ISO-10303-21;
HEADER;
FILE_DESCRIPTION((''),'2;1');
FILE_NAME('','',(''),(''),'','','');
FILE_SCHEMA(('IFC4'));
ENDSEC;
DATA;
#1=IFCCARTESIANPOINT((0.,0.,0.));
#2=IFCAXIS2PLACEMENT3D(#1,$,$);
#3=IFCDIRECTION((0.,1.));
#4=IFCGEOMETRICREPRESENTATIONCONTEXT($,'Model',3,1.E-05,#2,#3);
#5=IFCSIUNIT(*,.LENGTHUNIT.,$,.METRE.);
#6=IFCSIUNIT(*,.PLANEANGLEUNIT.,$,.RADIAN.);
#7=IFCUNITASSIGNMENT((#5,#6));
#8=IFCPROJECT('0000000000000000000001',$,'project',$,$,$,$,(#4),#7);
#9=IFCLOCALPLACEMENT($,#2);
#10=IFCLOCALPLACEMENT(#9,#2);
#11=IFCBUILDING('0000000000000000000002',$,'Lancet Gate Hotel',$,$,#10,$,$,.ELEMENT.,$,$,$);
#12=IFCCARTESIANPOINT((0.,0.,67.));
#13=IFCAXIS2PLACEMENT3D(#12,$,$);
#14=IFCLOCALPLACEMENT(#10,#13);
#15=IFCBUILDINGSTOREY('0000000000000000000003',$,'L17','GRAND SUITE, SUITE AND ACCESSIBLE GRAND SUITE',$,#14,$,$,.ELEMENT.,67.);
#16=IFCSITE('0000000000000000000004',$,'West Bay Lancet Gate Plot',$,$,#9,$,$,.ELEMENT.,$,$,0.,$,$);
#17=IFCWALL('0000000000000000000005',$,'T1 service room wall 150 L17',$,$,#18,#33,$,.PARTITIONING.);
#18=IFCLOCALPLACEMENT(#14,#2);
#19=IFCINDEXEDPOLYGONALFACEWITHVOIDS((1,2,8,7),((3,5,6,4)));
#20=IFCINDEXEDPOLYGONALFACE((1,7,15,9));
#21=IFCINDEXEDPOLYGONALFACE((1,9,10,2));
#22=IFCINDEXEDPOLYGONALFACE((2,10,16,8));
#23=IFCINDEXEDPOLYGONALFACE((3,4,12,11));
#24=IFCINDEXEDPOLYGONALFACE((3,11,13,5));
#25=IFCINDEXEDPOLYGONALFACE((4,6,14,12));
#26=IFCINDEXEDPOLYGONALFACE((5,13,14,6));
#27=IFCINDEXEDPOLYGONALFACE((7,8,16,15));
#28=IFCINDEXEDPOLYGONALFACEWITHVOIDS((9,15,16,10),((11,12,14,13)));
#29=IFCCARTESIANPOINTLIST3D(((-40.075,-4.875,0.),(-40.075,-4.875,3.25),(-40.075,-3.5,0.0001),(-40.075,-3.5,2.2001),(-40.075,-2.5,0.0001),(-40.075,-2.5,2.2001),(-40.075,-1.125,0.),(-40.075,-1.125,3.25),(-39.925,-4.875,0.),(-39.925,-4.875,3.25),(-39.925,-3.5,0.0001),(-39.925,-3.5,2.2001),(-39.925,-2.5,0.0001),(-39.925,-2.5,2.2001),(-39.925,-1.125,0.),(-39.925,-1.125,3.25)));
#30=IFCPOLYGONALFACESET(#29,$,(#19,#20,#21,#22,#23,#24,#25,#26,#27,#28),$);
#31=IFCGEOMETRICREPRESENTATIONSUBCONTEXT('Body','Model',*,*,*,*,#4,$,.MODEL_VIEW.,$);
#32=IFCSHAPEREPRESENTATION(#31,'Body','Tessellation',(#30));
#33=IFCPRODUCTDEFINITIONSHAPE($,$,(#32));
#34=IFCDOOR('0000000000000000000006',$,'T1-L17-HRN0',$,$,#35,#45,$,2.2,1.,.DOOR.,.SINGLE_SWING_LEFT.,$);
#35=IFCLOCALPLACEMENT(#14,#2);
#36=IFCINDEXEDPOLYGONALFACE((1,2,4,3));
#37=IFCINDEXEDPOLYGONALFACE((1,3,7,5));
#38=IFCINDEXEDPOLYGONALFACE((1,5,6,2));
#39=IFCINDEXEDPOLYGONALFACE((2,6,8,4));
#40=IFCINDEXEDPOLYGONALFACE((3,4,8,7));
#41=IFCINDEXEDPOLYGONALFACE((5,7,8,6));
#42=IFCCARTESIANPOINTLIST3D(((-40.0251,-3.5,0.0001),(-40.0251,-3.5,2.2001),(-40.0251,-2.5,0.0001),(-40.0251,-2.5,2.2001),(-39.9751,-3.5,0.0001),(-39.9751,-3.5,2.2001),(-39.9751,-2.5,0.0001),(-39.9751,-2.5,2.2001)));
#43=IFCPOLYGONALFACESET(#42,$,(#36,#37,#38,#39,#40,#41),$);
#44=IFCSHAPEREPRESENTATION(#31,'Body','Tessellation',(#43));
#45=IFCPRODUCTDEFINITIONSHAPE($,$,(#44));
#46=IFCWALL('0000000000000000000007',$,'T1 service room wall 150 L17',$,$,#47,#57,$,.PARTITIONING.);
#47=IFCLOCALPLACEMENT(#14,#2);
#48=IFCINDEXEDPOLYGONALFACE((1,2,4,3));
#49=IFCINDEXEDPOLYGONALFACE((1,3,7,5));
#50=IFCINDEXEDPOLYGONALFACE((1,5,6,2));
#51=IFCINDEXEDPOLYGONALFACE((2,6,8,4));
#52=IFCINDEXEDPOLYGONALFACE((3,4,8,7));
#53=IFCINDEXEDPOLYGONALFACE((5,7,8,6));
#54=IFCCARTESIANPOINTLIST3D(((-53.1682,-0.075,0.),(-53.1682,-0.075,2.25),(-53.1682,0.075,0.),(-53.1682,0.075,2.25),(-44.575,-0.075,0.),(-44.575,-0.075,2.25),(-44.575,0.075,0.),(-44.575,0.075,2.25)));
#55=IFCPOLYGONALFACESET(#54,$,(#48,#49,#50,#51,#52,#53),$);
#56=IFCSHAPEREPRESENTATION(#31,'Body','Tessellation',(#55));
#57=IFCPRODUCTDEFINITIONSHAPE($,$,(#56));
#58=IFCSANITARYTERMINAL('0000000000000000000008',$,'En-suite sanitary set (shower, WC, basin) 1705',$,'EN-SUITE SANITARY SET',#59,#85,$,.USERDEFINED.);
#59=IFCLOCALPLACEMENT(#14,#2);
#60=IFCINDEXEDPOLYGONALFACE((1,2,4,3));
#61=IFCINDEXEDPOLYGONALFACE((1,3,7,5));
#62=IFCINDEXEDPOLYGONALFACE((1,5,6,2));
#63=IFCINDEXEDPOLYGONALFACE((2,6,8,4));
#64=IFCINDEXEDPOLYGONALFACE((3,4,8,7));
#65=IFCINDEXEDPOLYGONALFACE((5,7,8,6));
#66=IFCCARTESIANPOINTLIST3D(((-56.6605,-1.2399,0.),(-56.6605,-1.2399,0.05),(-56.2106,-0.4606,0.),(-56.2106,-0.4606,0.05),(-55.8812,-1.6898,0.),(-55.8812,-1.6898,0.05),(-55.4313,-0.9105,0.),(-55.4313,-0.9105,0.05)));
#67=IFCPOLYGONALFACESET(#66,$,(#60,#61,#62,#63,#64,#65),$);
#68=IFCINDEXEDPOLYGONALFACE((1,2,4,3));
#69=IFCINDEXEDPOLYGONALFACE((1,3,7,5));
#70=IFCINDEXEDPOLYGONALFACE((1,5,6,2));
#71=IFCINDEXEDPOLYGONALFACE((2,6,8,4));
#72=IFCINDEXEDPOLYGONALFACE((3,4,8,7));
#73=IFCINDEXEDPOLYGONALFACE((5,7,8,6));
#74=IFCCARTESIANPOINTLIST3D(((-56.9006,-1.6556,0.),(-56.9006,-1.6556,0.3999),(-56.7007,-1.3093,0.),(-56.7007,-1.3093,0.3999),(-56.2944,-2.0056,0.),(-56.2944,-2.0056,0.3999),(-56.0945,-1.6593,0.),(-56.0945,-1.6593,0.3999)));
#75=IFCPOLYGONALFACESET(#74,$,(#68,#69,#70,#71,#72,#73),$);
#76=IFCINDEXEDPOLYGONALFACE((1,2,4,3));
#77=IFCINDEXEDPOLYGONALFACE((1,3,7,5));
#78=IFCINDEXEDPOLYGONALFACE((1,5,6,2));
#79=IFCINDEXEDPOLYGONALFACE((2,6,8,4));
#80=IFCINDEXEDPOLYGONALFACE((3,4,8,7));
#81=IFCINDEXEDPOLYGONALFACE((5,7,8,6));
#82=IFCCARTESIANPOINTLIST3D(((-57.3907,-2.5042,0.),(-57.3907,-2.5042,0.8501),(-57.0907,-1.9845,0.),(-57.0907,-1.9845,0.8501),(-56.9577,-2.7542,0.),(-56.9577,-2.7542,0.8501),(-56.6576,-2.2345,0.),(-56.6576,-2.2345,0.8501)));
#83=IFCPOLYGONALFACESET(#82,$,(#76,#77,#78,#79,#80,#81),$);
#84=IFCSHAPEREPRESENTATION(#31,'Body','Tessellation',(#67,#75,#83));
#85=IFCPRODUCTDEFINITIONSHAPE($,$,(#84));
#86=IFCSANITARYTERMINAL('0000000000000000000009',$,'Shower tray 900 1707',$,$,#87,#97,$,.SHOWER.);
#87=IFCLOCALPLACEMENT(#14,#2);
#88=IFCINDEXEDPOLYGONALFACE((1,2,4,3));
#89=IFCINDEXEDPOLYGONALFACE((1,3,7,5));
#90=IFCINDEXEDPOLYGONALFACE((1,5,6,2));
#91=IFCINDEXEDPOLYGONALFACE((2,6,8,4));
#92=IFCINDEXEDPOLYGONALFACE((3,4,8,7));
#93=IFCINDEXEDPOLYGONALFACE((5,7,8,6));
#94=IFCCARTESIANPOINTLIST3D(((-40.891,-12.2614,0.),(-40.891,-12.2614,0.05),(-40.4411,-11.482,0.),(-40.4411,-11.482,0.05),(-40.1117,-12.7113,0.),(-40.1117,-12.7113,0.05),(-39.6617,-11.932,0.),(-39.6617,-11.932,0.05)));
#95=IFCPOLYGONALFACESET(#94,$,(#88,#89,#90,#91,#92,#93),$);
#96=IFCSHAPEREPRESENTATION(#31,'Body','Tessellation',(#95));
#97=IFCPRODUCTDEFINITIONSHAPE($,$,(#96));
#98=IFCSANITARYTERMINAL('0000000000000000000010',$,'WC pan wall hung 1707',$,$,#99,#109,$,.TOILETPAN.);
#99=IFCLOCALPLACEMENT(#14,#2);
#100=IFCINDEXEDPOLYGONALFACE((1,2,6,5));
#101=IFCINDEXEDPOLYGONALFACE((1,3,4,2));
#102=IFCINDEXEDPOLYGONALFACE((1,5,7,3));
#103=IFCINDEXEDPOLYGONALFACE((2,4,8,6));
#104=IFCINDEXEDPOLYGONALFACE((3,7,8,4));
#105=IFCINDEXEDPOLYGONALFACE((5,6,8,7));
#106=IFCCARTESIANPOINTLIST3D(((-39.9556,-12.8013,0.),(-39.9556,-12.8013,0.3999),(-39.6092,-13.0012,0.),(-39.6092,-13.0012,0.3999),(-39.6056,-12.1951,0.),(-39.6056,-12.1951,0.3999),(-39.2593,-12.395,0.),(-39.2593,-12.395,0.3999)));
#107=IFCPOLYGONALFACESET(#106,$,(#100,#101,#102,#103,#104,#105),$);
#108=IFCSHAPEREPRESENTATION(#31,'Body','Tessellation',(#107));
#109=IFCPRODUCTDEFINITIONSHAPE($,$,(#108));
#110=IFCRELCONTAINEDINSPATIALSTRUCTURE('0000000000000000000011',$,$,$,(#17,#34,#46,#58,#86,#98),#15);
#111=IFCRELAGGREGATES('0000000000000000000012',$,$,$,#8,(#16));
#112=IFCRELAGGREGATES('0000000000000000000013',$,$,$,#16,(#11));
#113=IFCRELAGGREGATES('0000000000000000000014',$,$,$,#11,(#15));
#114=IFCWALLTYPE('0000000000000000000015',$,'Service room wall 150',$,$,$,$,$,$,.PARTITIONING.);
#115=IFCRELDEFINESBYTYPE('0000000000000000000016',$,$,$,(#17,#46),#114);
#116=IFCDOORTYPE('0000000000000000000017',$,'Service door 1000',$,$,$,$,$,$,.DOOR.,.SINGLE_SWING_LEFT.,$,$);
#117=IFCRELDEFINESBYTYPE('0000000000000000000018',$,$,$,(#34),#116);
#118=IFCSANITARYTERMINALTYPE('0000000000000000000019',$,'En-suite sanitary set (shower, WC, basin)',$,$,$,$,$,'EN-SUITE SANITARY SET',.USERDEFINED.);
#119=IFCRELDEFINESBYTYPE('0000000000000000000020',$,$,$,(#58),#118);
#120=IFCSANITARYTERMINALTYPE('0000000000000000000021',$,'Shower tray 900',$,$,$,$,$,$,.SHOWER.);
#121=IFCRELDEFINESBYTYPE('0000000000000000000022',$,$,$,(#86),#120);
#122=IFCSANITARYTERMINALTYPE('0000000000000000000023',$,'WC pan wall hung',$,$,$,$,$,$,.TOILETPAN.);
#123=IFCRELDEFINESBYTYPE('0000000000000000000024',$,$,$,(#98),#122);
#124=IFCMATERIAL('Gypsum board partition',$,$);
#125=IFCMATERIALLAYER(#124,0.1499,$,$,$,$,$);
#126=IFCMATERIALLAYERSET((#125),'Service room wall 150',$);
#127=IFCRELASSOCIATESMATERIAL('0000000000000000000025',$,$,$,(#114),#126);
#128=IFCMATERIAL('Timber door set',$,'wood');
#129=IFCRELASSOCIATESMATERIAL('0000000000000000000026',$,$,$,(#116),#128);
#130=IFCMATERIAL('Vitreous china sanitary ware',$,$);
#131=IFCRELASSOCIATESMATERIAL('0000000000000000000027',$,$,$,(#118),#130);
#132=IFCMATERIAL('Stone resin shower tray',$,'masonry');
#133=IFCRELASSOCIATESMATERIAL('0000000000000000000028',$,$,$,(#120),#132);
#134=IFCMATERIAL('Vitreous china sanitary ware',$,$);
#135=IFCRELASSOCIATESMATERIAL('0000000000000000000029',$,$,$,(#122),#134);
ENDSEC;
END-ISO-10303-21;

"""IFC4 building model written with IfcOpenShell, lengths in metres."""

from ifc_helpers import new_model, si_unit, direction, frame, frame_2d, origin, origin_2d, place, context, subcontext, project, spatial, rectangle, extrude, material, layer, layer_set, type_object, element, fill, save


model = new_model("IFC4")

# Units and contexts
model_context = context("Model", 3, precision=1e-05, world=origin(), true_north=direction((0.0, 1.0)))
body_context = subcontext(model_context, "Body", "Model", "MODEL_VIEW")
ifc_project = project(units=[si_unit("LENGTHUNIT", "METRE"), si_unit("PLANEANGLEUNIT", "RADIAN")], contexts=[model_context])

# Site, building, storey
site_placement = place(None, origin())
site = spatial("IfcSite", under=ifc_project, at=site_placement, Name="West Bay Lancet Gate Plot", CompositionType="ELEMENT", RefElevation=0.0)
building_placement = place(site_placement, origin())
building = spatial("IfcBuilding", under=site, at=building_placement, Name="Lancet Gate Hotel", CompositionType="ELEMENT")
storey_placement = place(building_placement, frame((0.0, 0.0, 67.0)))
storey = spatial("IfcBuildingStorey", under=building, at=storey_placement, Name="L17", Description="GRAND SUITE, SUITE AND ACCESSIBLE GRAND SUITE", CompositionType="ELEMENT", Elevation=67.0)

# Wall, opening, door
ifc_material_1 = material(Name="Gypsum board partition")
ifc_layer_1 = layer(ifc_material_1, 0.1499)
ifc_layer_set_1 = layer_set([ifc_layer_1], Name="Service room wall 150")
wall_type_1 = type_object("IfcWallType", Name="Service room wall 150", PredefinedType="PARTITIONING", material=ifc_layer_set_1)
wall_1_placement = place(storey_placement, frame((-40.0, -1.125, 0.0), z_axis=(0.0, 0.0, 1.0), x_axis=(0.0, -1.0, 0.0)))
wall_1 = element("IfcWall", 1, at=wall_1_placement, inside=storey, type_object=wall_type_1, Name="T1 service room wall 150 L17", PredefinedType="PARTITIONING", context=body_context, shape_type="SweptSolid", body=[
    extrude(rectangle(XDim=3.75, YDim=0.1499, at=frame_2d((1.875, 0.0))), origin(), (0.0, 0.0, 1.0), 3.25),
])
opening_1_placement = place(wall_1_placement, frame((1.375, 0.0, 0.0)))
opening_1 = element("IfcOpeningElement", 2, at=opening_1_placement, cuts=wall_1, PredefinedType="OPENING", context=body_context, shape_type="SweptSolid", body=[
    extrude(rectangle(XDim=1.0, YDim=2.2, at=frame_2d((0.5, 1.1001))), frame((0.0, 0.085, 0.0), z_axis=(0.0, -1.0, 0.0), x_axis=(1.0, 0.0, 0.0)), (0.0, 0.0, 1.0), 0.1699),
])
ifc_material_2 = material(Name="Timber door set", Category="wood")
door_type_1 = type_object("IfcDoorType", Name="Service door 1000", OperationType="SINGLE_SWING_LEFT", PredefinedType="DOOR", material=ifc_material_2)
door_1_placement = place(opening_1_placement, origin())
door_1 = element("IfcDoor", 3, at=door_1_placement, inside=storey, type_object=door_type_1, Name="T1-L17-HRN0", OperationType="SINGLE_SWING_LEFT", OverallHeight=2.2, OverallWidth=1.0, PredefinedType="DOOR", context=body_context, shape_type="SweptSolid", body=[
    extrude(rectangle(XDim=1.0, YDim=2.2, at=frame_2d((0.5, 1.1001))), frame((0.0, 0.0249, 0.0), z_axis=(0.0, -1.0, 0.0), x_axis=(1.0, 0.0, 0.0)), (0.0, 0.0, 1.0), 0.05),
])
fill(opening_1, door_1)

# Wall
wall_2_placement = place(storey_placement, frame((-44.575, 0.0, 0.0), z_axis=(0.0, 0.0, 1.0), x_axis=(-1.0, 0.0, 0.0)))
element("IfcWall", 4, at=wall_2_placement, inside=storey, type_object=wall_type_1, Name="T1 service room wall 150 L17", PredefinedType="PARTITIONING", context=body_context, shape_type="SweptSolid", body=[
    extrude(rectangle(XDim=8.5933, YDim=0.1499, at=frame_2d((4.2966, 0.0))), origin(), (0.0, 0.0, 1.0), 2.25),
])

# Sanitary terminals
ifc_material_3 = material(Name="Vitreous china sanitary ware")
sanitary_terminal_type_1 = type_object("IfcSanitaryTerminalType", Name="En-suite sanitary set (shower, WC, basin)", ElementType="EN-SUITE SANITARY SET", PredefinedType="USERDEFINED", material=ifc_material_3)
sanitary_terminal_1_placement = place(storey_placement, frame((-56.0459, -1.0752, 0.0), z_axis=(0.0, 0.0, 1.0), x_axis=(1.0, 0.0, 0.0)))
element("IfcSanitaryTerminal", 5, at=sanitary_terminal_1_placement, inside=storey, type_object=sanitary_terminal_type_1, Name="En-suite sanitary set (shower, WC, basin) 1705", ObjectType="EN-SUITE SANITARY SET", PredefinedType="USERDEFINED", context=body_context, shape_type="SweptSolid", body=[
    extrude(rectangle(XDim=0.8999, YDim=0.8999, at=origin_2d()), frame((0.0, 0.0, 0.0), z_axis=(0.0, 0.0, 1.0), x_axis=(0.5, 0.866025, 0.0)), (0.0, 0.0, 1.0), 0.05),
    extrude(rectangle(XDim=0.3999, YDim=0.7, at=origin_2d()), frame((-0.4517, -0.5823, 0.0), z_axis=(0.0, 0.0, 1.0), x_axis=(0.5, 0.866025, 0.0)), (0.0, 0.0, 1.0), 0.3999),
    extrude(rectangle(XDim=0.6001, YDim=0.5, at=origin_2d()), frame((-0.9783, -1.2942, 0.0), z_axis=(0.0, 0.0, 1.0), x_axis=(0.5, 0.866025, 0.0)), (0.0, 0.0, 1.0), 0.8501),
])
ifc_material_4 = material(Name="Stone resin shower tray", Category="masonry")
sanitary_terminal_type_2 = type_object("IfcSanitaryTerminalType", Name="Shower tray 900", PredefinedType="SHOWER", material=ifc_material_4)
sanitary_terminal_2_placement = place(storey_placement, frame((-40.2764, -12.0967, 0.0), z_axis=(0.0, 0.0, 1.0), x_axis=(-0.866025, 0.5, 0.0)))
element("IfcSanitaryTerminal", 6, at=sanitary_terminal_2_placement, inside=storey, type_object=sanitary_terminal_type_2, Name="Shower tray 900 1707", PredefinedType="SHOWER", context=body_context, shape_type="SweptSolid", body=[
    extrude(rectangle(XDim=0.8999, YDim=0.8999, at=origin_2d()), origin(), (0.0, 0.0, 1.0), 0.05),
])
ifc_material_5 = material(Name="Vitreous china sanitary ware")
sanitary_terminal_type_3 = type_object("IfcSanitaryTerminalType", Name="WC pan wall hung", PredefinedType="TOILETPAN", material=ifc_material_5)
sanitary_terminal_3_placement = place(storey_placement, frame((-39.6074, -12.5981, 0.0), z_axis=(0.0, 0.0, 1.0), x_axis=(-0.866025, 0.5, 0.0)))
element("IfcSanitaryTerminal", 7, at=sanitary_terminal_3_placement, inside=storey, type_object=sanitary_terminal_type_3, Name="WC pan wall hung 1707", PredefinedType="TOILETPAN", context=body_context, shape_type="SweptSolid", body=[
    extrude(rectangle(XDim=0.3999, YDim=0.7, at=origin_2d()), origin(), (0.0, 0.0, 1.0), 0.3999),
])

save(model, "model.ifc")
